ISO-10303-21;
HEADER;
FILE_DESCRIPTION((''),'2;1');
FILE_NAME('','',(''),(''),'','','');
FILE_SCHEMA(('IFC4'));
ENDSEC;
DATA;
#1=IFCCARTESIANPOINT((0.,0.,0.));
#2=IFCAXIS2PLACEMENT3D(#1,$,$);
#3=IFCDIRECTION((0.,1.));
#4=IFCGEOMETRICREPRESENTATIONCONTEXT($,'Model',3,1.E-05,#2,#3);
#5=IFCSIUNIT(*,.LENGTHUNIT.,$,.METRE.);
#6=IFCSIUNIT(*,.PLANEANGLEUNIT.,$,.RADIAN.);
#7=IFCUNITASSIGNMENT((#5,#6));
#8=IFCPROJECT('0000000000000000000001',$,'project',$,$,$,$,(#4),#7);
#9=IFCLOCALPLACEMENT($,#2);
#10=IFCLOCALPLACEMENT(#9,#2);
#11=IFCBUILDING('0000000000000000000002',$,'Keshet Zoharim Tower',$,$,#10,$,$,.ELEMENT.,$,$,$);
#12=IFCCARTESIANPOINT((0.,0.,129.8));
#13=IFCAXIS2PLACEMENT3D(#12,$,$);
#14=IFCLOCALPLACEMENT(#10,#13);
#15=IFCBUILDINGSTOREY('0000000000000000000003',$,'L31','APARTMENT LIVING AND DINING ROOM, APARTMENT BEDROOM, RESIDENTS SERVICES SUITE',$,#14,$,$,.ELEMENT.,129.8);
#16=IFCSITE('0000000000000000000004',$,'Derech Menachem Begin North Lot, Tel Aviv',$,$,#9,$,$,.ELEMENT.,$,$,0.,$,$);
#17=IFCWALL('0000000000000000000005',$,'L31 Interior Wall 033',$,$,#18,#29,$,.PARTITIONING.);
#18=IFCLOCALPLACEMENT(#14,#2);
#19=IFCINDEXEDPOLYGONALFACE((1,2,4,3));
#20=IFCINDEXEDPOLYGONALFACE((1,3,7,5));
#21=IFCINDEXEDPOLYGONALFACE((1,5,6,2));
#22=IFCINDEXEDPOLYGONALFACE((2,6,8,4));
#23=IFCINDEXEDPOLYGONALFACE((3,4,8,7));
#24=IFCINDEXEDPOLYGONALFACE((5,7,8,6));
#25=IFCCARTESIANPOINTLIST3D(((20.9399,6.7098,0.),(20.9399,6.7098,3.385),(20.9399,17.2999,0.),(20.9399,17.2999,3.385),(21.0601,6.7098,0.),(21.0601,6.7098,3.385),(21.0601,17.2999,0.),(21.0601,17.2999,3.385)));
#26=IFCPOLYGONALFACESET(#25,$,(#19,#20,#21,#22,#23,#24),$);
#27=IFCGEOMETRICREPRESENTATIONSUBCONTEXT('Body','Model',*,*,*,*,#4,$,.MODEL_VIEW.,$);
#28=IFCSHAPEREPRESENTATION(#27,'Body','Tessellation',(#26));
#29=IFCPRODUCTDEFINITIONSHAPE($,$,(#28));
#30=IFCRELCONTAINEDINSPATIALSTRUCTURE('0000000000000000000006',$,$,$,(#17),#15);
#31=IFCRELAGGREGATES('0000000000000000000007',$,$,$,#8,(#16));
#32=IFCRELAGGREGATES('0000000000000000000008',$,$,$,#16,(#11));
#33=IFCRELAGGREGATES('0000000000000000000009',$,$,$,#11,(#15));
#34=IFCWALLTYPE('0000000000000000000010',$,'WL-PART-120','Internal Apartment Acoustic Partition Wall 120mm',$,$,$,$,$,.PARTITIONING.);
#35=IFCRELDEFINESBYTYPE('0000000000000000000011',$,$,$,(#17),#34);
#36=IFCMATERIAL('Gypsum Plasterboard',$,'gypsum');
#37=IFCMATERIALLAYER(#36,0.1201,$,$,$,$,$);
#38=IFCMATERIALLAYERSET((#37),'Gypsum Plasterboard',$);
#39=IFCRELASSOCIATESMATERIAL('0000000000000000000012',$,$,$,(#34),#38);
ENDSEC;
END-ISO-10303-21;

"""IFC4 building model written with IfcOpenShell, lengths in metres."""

from ifc_helpers import new_model, si_unit, direction, frame, frame_2d, origin, place, context, subcontext, project, spatial, rectangle, extrude, material, layer, layer_set, type_object, element, save


model = new_model("IFC4")

# Units and contexts
model_context = context("Model", 3, precision=1e-05, world=origin(), true_north=direction((0.0, 1.0)))
body_context = subcontext(model_context, "Body", "Model", "MODEL_VIEW")
ifc_project = project(units=[si_unit("LENGTHUNIT", "METRE"), si_unit("PLANEANGLEUNIT", "RADIAN")], contexts=[model_context])

# Site, building, storey
site_placement = place(None, origin())
site = spatial("IfcSite", under=ifc_project, at=site_placement, Name="Derech Menachem Begin North Lot, Tel Aviv", CompositionType="ELEMENT", RefElevation=0.0)
building_placement = place(site_placement, origin())
building = spatial("IfcBuilding", under=site, at=building_placement, Name="Keshet Zoharim Tower", CompositionType="ELEMENT")
storey_placement = place(building_placement, frame((0.0, 0.0, 129.8)))
storey = spatial("IfcBuildingStorey", under=building, at=storey_placement, Name="L31", Description="APARTMENT LIVING AND DINING ROOM, APARTMENT BEDROOM, RESIDENTS SERVICES SUITE", CompositionType="ELEMENT", Elevation=129.8)

# Wall
ifc_material_1 = material(Name="Gypsum Plasterboard", Category="gypsum")
ifc_layer_1 = layer(ifc_material_1, 0.1201)
ifc_layer_set_1 = layer_set([ifc_layer_1], Name="Gypsum Plasterboard")
wall_type = type_object("IfcWallType", Name="WL-PART-120", Description="Internal Apartment Acoustic Partition Wall 120mm", PredefinedType="PARTITIONING", material=ifc_layer_set_1)
wall_placement = place(storey_placement, frame((21.0, 6.71, 0.0), z_axis=(0.0, 0.0, 1.0), x_axis=(0.0, 1.0, 0.0)))
element("IfcWall", 1, at=wall_placement, inside=storey, type_object=wall_type, Name="L31 Interior Wall 033", PredefinedType="PARTITIONING", context=body_context, shape_type="SweptSolid", body=[
    extrude(rectangle(XDim=10.5901, YDim=0.1201, at=frame_2d((5.2949, 0.0))), origin(), (0.0, 0.0, 1.0), 3.385),
])

save(model, "model.ifc")
